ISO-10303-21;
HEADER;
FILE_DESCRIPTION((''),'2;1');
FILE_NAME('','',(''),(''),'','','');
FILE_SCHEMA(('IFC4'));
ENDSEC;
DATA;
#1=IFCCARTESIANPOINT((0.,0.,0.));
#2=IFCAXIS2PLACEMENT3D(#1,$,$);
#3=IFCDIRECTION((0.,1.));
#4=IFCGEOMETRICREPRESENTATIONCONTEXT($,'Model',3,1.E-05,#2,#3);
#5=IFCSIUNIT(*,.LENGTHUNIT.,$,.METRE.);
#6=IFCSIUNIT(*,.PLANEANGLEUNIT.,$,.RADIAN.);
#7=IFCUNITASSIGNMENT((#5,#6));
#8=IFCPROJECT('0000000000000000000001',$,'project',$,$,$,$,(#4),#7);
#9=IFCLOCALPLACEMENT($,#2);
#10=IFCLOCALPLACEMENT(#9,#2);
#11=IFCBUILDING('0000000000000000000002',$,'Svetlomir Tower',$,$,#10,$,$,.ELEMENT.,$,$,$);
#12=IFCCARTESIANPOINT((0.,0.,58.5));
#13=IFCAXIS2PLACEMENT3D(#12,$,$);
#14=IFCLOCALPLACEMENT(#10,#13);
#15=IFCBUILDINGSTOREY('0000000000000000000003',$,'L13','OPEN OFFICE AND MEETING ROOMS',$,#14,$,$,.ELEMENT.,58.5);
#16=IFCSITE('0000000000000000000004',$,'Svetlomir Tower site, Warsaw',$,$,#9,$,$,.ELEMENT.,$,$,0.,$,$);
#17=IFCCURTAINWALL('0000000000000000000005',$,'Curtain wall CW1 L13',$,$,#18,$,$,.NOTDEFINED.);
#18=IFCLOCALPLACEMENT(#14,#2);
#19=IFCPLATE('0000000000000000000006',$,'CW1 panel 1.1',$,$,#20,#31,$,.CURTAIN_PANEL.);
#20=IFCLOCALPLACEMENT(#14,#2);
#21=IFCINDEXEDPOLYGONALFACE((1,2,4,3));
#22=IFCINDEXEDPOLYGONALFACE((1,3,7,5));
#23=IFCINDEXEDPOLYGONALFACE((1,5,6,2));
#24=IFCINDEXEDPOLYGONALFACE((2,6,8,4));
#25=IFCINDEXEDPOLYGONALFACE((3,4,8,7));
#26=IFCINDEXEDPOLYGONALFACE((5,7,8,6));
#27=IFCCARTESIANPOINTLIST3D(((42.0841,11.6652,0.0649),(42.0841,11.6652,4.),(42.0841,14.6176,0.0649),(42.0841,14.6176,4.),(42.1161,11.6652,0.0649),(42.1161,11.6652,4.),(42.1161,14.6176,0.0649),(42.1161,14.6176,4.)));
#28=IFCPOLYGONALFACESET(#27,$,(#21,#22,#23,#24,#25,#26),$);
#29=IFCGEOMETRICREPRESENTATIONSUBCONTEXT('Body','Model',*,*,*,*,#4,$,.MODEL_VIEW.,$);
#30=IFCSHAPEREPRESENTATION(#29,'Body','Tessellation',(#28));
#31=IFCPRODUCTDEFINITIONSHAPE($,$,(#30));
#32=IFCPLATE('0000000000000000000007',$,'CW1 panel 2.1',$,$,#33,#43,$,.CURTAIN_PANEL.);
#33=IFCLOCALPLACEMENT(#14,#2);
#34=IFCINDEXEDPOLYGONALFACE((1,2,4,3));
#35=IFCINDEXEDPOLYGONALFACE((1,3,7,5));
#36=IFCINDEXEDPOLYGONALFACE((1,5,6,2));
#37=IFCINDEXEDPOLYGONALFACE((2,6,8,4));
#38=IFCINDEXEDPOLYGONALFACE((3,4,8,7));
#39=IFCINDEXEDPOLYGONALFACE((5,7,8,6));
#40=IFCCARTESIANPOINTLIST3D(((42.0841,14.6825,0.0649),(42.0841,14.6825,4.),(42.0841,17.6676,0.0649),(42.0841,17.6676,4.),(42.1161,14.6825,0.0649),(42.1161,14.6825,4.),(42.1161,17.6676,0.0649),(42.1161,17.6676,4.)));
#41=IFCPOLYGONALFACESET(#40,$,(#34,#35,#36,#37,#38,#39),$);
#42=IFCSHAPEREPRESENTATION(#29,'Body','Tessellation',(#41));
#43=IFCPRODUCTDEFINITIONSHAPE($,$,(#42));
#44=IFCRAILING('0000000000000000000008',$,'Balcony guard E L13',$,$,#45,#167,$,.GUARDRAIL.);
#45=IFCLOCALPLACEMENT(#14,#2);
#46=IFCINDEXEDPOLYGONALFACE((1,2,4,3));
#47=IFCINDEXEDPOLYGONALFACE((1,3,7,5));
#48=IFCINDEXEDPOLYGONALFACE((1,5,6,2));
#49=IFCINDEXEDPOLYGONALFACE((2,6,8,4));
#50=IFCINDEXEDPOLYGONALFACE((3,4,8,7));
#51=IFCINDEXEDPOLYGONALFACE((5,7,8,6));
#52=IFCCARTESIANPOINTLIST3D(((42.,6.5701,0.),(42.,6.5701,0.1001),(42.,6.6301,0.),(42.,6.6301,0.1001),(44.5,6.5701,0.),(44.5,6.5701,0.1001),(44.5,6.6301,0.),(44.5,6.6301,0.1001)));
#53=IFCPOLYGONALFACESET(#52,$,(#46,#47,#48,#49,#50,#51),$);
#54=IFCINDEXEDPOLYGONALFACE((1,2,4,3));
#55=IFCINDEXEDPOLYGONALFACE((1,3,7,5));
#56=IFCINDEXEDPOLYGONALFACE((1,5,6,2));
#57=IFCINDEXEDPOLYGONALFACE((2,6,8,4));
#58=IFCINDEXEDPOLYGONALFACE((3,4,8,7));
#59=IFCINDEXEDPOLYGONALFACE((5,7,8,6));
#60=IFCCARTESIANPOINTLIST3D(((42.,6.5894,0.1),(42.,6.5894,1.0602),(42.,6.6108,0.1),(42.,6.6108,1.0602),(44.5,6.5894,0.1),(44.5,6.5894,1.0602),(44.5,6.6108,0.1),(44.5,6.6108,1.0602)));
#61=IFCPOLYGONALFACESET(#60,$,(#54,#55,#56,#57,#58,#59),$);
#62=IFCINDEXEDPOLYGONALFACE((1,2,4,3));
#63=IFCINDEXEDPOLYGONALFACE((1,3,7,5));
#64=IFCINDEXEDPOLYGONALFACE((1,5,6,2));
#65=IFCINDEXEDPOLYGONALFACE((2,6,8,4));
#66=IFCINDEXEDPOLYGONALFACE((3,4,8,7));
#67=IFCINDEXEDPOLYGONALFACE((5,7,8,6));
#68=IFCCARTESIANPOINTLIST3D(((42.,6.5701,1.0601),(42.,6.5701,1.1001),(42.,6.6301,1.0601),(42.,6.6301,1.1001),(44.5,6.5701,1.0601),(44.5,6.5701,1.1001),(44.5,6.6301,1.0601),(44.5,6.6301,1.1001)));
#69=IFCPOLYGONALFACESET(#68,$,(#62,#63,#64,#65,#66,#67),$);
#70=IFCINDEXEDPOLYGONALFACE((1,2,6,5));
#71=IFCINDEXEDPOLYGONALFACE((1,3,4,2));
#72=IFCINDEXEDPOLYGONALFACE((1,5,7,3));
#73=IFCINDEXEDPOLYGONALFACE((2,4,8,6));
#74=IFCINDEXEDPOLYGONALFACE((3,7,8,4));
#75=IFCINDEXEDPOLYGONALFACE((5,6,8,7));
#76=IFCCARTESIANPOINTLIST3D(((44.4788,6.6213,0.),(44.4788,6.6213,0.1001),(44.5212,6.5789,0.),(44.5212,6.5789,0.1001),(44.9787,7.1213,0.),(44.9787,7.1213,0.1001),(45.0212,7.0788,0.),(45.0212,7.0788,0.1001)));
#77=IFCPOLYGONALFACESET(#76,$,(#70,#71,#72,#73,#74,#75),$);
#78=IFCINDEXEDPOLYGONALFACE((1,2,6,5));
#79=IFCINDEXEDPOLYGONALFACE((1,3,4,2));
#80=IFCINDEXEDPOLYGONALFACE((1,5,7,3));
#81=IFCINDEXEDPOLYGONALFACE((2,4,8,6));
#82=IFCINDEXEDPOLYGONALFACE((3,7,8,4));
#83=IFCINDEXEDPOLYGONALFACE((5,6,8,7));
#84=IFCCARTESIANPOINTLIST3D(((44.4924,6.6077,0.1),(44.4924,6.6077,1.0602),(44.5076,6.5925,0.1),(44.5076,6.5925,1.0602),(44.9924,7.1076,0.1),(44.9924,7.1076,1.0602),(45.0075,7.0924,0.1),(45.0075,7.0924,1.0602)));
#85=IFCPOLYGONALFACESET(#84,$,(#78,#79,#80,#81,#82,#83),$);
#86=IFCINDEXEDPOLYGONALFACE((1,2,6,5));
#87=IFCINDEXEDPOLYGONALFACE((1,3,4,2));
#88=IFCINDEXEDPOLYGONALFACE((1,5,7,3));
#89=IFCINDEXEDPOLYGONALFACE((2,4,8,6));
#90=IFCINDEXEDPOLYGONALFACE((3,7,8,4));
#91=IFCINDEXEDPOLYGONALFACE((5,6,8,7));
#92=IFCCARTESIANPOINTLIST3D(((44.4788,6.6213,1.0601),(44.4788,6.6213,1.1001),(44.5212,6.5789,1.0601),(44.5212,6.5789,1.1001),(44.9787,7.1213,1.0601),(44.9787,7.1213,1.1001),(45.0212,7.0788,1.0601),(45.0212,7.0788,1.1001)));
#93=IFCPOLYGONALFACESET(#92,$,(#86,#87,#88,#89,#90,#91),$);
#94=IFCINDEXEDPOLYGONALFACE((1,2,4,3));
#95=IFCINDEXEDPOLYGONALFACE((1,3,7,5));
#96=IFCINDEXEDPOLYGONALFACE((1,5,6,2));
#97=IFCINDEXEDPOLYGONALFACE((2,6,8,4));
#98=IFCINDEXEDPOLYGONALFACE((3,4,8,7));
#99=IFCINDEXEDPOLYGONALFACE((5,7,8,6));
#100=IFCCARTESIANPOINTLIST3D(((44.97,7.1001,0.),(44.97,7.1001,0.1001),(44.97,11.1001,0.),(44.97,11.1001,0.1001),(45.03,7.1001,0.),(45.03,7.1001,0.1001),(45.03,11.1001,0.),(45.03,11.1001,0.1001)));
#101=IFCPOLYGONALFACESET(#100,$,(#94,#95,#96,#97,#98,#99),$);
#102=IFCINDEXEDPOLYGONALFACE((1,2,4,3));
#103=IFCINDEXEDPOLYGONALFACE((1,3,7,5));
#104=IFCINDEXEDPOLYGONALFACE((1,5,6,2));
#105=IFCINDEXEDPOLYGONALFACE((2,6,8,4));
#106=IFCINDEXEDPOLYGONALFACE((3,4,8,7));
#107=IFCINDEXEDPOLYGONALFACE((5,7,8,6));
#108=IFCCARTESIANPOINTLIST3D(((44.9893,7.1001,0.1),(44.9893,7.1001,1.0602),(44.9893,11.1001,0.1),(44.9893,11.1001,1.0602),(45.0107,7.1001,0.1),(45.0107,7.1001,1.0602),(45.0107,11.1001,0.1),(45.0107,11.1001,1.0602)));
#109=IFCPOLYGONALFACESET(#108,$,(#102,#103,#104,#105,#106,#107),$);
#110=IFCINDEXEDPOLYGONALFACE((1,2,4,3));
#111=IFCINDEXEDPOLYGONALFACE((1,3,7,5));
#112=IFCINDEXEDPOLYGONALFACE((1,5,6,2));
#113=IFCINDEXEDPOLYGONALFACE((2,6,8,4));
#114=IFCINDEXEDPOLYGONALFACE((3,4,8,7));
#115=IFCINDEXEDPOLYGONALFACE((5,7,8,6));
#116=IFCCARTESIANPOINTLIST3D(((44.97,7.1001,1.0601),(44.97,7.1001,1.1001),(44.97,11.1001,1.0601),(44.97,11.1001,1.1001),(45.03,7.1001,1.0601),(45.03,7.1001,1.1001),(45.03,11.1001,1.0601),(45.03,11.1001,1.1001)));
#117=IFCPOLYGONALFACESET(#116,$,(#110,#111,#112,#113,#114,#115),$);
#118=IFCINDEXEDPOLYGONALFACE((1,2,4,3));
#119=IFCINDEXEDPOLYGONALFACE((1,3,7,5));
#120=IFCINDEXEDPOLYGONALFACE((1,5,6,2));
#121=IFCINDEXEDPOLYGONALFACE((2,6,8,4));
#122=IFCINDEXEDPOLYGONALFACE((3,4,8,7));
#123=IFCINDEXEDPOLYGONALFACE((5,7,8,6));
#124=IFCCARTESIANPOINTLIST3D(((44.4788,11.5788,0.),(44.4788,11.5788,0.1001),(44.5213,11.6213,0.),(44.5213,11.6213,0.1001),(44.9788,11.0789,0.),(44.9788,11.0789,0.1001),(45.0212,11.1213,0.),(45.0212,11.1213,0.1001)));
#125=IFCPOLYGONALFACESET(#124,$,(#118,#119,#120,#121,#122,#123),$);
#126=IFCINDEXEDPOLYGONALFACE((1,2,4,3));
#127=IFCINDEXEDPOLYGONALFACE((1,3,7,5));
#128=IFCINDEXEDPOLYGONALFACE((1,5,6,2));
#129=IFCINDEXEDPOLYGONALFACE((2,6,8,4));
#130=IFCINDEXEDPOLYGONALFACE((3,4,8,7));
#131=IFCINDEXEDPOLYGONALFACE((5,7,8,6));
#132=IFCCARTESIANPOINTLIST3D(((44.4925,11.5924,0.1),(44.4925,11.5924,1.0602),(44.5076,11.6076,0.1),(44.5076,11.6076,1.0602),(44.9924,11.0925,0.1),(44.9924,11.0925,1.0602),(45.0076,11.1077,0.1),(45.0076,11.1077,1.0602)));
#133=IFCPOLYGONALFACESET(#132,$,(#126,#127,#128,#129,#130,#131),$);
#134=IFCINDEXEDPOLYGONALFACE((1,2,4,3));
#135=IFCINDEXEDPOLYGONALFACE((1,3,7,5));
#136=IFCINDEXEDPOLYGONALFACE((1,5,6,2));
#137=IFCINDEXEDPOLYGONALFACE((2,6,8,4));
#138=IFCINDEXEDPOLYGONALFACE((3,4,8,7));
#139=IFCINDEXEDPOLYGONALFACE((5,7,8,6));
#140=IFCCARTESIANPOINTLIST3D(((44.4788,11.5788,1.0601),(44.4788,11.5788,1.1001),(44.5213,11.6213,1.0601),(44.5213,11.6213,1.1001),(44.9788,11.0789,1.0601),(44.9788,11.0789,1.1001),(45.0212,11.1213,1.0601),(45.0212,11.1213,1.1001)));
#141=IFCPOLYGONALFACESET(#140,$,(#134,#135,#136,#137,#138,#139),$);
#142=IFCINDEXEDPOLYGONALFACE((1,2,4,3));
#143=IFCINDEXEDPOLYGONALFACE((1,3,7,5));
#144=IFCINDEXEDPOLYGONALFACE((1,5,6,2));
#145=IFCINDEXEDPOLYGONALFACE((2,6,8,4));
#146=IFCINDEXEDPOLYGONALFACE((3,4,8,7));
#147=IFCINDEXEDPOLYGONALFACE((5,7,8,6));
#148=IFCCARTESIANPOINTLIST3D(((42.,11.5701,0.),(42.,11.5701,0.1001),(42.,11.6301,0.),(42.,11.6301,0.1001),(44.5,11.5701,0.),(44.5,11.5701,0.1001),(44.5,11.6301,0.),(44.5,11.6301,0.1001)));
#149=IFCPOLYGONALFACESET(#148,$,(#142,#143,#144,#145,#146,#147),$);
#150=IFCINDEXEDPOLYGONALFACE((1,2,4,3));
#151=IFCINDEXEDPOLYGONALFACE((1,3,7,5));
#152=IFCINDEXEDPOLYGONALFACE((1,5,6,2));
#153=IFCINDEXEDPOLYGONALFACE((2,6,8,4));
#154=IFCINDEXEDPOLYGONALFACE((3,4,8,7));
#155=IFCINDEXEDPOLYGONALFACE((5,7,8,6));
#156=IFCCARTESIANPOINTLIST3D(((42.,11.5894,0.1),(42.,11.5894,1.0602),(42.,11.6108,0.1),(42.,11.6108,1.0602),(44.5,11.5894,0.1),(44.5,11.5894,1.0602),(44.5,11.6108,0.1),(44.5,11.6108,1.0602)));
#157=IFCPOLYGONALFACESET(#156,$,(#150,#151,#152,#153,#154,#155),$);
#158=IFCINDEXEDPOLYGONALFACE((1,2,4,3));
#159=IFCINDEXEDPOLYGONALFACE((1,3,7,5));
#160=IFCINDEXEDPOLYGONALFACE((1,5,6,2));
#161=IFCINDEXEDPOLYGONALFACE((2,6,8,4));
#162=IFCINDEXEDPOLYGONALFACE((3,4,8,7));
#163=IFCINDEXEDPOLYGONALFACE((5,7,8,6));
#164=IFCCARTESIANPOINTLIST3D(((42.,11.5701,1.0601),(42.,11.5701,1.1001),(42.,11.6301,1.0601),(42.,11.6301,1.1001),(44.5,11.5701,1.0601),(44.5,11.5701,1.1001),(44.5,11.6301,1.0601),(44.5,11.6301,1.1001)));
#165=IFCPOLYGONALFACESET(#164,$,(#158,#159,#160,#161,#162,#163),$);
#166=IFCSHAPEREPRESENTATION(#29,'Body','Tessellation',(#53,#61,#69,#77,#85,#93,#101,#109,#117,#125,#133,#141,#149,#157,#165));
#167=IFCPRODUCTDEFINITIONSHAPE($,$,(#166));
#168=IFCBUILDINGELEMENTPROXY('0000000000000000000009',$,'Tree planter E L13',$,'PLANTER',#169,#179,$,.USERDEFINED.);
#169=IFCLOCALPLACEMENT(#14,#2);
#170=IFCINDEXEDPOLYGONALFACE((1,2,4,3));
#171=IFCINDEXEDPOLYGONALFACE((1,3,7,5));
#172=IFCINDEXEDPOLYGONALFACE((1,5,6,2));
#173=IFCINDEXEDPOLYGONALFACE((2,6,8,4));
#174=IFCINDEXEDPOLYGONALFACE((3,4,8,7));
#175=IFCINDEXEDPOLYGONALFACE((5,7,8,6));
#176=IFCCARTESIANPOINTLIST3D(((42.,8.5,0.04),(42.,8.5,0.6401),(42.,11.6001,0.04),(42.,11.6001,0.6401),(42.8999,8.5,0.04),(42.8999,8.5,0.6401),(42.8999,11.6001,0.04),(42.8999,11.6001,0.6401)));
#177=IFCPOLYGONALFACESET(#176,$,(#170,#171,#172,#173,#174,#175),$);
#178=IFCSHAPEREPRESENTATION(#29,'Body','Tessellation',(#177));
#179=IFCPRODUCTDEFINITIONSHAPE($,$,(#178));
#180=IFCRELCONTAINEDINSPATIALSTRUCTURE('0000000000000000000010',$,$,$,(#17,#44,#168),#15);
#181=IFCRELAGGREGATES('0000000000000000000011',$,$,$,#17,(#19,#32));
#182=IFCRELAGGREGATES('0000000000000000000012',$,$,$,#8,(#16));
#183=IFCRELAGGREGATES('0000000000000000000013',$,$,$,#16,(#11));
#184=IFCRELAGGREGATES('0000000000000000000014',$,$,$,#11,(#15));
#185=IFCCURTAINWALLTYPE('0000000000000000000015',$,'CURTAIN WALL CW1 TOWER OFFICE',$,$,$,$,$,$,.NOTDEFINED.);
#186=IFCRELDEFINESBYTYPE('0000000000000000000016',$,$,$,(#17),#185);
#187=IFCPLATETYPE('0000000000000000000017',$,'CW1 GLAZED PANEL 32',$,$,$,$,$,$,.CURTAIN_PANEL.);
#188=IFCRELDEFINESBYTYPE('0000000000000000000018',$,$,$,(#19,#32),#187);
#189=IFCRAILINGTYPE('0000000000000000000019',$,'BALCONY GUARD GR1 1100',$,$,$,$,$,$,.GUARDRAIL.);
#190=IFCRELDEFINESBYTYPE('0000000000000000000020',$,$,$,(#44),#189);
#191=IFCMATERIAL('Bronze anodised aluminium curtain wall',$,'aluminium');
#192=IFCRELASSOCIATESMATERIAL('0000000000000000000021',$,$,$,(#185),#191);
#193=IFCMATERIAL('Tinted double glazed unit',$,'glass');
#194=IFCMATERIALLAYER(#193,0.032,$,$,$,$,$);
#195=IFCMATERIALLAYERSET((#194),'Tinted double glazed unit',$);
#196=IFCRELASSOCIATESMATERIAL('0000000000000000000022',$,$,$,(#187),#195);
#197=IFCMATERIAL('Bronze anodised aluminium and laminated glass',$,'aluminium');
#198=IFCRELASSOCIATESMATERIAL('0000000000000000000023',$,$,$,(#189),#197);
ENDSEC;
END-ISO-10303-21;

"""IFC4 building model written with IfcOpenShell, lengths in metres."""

from ifc_helpers import new_model, si_unit, direction, frame, origin, origin_2d, place, context, subcontext, project, spatial, rectangle, extrude, material, layer, layer_set, type_object, element, aggregate, save


model = new_model("IFC4")

# Units and contexts
model_context = context("Model", 3, precision=1e-05, world=origin(), true_north=direction((0.0, 1.0)))
body_context = subcontext(model_context, "Body", "Model", "MODEL_VIEW")
ifc_project = project(units=[si_unit("LENGTHUNIT", "METRE"), si_unit("PLANEANGLEUNIT", "RADIAN")], contexts=[model_context])

# Site, building, storey
site_placement = place(None, origin())
site = spatial("IfcSite", under=ifc_project, at=site_placement, Name="Svetlomir Tower site, Warsaw", CompositionType="ELEMENT", RefElevation=0.0)
building_placement = place(site_placement, origin())
building = spatial("IfcBuilding", under=site, at=building_placement, Name="Svetlomir Tower", CompositionType="ELEMENT")
storey_placement = place(building_placement, frame((0.0, 0.0, 58.5)))
storey = spatial("IfcBuildingStorey", under=building, at=storey_placement, Name="L13", Description="OPEN OFFICE AND MEETING ROOMS", CompositionType="ELEMENT", Elevation=58.5)

# Curtain wall
ifc_material_1 = material(Name="Bronze anodised aluminium curtain wall", Category="aluminium")
curtain_wall_type = type_object("IfcCurtainWallType", Name="CURTAIN WALL CW1 TOWER OFFICE", PredefinedType="NOTDEFINED", material=ifc_material_1)
curtain_wall_1_placement = place(storey_placement, origin())
curtain_wall_1 = element("IfcCurtainWall", 1, at=curtain_wall_1_placement, inside=storey, type_object=curtain_wall_type, Name="Curtain wall CW1 L13", PredefinedType="NOTDEFINED")

# Plates
ifc_material_2 = material(Name="Tinted double glazed unit", Category="glass")
ifc_layer_1 = layer(ifc_material_2, 0.032)
ifc_layer_set_1 = layer_set([ifc_layer_1], Name="Tinted double glazed unit")
plate_type = type_object("IfcPlateType", Name="CW1 GLAZED PANEL 32", PredefinedType="CURTAIN_PANEL", material=ifc_layer_set_1)
plate_1_placement = place(storey_placement, frame((42.1001, 13.1414, 0.0649), z_axis=(0.0, 0.0, 1.0), x_axis=(0.0, 1.0, 0.0)))
plate_1 = element("IfcPlate", 2, at=plate_1_placement, type_object=plate_type, Name="CW1 panel 1.1", PredefinedType="CURTAIN_PANEL", context=body_context, shape_type="SweptSolid", body=[
    extrude(rectangle(XDim=2.9524, YDim=0.032, at=origin_2d()), origin(), (0.0, 0.0, 1.0), 3.9351),
])
plate_2_placement = place(storey_placement, frame((42.1001, 16.175, 0.0649), z_axis=(0.0, 0.0, 1.0), x_axis=(0.0, 1.0, 0.0)))
plate_2 = element("IfcPlate", 3, at=plate_2_placement, type_object=plate_type, Name="CW1 panel 2.1", PredefinedType="CURTAIN_PANEL", context=body_context, shape_type="SweptSolid", body=[
    extrude(rectangle(XDim=2.9851, YDim=0.032, at=origin_2d()), origin(), (0.0, 0.0, 1.0), 3.9351),
])
aggregate(curtain_wall_1, [plate_1, plate_2])

# Railing
ifc_material_3 = material(Name="Bronze anodised aluminium and laminated glass", Category="aluminium")
railing_type = type_object("IfcRailingType", Name="BALCONY GUARD GR1 1100", PredefinedType="GUARDRAIL", material=ifc_material_3)
railing_placement = place(storey_placement, frame((42.0, 6.6001, 0.0)))
element("IfcRailing", 4, at=railing_placement, inside=storey, type_object=railing_type, Name="Balcony guard E L13", PredefinedType="GUARDRAIL", context=body_context, shape_type="SweptSolid", body=[
    extrude(rectangle(XDim=0.0601, YDim=0.1001, at=origin_2d()), frame((0.0, 0.0, 0.05), z_axis=(1.0, 0.0, 0.0), x_axis=(0.0, 1.0, 0.0)), (0.0, 0.0, 1.0), 2.5),
    extrude(rectangle(XDim=0.0215, YDim=0.9602, at=origin_2d()), frame((0.0, 0.0, 0.5801), z_axis=(1.0, 0.0, 0.0), x_axis=(0.0, 1.0, 0.0)), (0.0, 0.0, 1.0), 2.5),
    extrude(rectangle(XDim=0.0601, YDim=0.04, at=origin_2d()), frame((0.0, 0.0, 1.0801), z_axis=(1.0, 0.0, 0.0), x_axis=(0.0, 1.0, 0.0)), (0.0, 0.0, 1.0), 2.5),
    extrude(rectangle(XDim=0.0601, YDim=0.1001, at=origin_2d()), frame((2.5, 0.0, 0.05), z_axis=(0.707107, 0.707107, 0.0), x_axis=(-0.707107, 0.707107, 0.0)), (0.0, 0.0, 1.0), 0.707),
    extrude(rectangle(XDim=0.0215, YDim=0.9602, at=origin_2d()), frame((2.5, 0.0, 0.5801), z_axis=(0.707107, 0.707107, 0.0), x_axis=(-0.707107, 0.707107, 0.0)), (0.0, 0.0, 1.0), 0.707),
    extrude(rectangle(XDim=0.0601, YDim=0.04, at=origin_2d()), frame((2.5, 0.0, 1.0801), z_axis=(0.707107, 0.707107, 0.0), x_axis=(-0.707107, 0.707107, 0.0)), (0.0, 0.0, 1.0), 0.707),
    extrude(rectangle(XDim=0.0601, YDim=0.1001, at=origin_2d()), frame((3.0, 0.5, 0.05), z_axis=(0.0, 1.0, 0.0), x_axis=(-1.0, 0.0, 0.0)), (0.0, 0.0, 1.0), 4.0),
    extrude(rectangle(XDim=0.0215, YDim=0.9602, at=origin_2d()), frame((3.0, 0.5, 0.5801), z_axis=(0.0, 1.0, 0.0), x_axis=(-1.0, 0.0, 0.0)), (0.0, 0.0, 1.0), 4.0),
    extrude(rectangle(XDim=0.0601, YDim=0.04, at=origin_2d()), frame((3.0, 0.5, 1.0801), z_axis=(0.0, 1.0, 0.0), x_axis=(-1.0, 0.0, 0.0)), (0.0, 0.0, 1.0), 4.0),
    extrude(rectangle(XDim=0.0601, YDim=0.1001, at=origin_2d()), frame((3.0, 4.5, 0.05), z_axis=(-0.707107, 0.707107, 0.0), x_axis=(-0.707107, -0.707107, 0.0)), (0.0, 0.0, 1.0), 0.707),
    extrude(rectangle(XDim=0.0215, YDim=0.9602, at=origin_2d()), frame((3.0, 4.5, 0.5801), z_axis=(-0.707107, 0.707107, 0.0), x_axis=(-0.707107, -0.707107, 0.0)), (0.0, 0.0, 1.0), 0.707),
    extrude(rectangle(XDim=0.0601, YDim=0.04, at=origin_2d()), frame((3.0, 4.5, 1.0801), z_axis=(-0.707107, 0.707107, 0.0), x_axis=(-0.707107, -0.707107, 0.0)), (0.0, 0.0, 1.0), 0.707),
    extrude(rectangle(XDim=0.0601, YDim=0.1001, at=origin_2d()), frame((2.5, 5.0, 0.05), z_axis=(-1.0, 0.0, 0.0), x_axis=(0.0, -1.0, 0.0)), (0.0, 0.0, 1.0), 2.5),
    extrude(rectangle(XDim=0.0215, YDim=0.9602, at=origin_2d()), frame((2.5, 5.0, 0.5801), z_axis=(-1.0, 0.0, 0.0), x_axis=(0.0, -1.0, 0.0)), (0.0, 0.0, 1.0), 2.5),
    extrude(rectangle(XDim=0.0601, YDim=0.04, at=origin_2d()), frame((2.5, 5.0, 1.0801), z_axis=(-1.0, 0.0, 0.0), x_axis=(0.0, -1.0, 0.0)), (0.0, 0.0, 1.0), 2.5),
])

# Building element proxy
proxy_placement = place(storey_placement, frame((42.45, 10.05, 0.04), z_axis=(0.0, 0.0, 1.0), x_axis=(1.0, 0.0, 0.0)))
element("IfcBuildingElementProxy", 5, at=proxy_placement, inside=storey, Name="Tree planter E L13", ObjectType="PLANTER", PredefinedType="USERDEFINED", context=body_context, shape_type="SweptSolid", body=[
    extrude(rectangle(XDim=0.8999, YDim=3.1001, at=origin_2d()), origin(), (0.0, 0.0, 1.0), 0.6001),
])

save(model, "model.ifc")
